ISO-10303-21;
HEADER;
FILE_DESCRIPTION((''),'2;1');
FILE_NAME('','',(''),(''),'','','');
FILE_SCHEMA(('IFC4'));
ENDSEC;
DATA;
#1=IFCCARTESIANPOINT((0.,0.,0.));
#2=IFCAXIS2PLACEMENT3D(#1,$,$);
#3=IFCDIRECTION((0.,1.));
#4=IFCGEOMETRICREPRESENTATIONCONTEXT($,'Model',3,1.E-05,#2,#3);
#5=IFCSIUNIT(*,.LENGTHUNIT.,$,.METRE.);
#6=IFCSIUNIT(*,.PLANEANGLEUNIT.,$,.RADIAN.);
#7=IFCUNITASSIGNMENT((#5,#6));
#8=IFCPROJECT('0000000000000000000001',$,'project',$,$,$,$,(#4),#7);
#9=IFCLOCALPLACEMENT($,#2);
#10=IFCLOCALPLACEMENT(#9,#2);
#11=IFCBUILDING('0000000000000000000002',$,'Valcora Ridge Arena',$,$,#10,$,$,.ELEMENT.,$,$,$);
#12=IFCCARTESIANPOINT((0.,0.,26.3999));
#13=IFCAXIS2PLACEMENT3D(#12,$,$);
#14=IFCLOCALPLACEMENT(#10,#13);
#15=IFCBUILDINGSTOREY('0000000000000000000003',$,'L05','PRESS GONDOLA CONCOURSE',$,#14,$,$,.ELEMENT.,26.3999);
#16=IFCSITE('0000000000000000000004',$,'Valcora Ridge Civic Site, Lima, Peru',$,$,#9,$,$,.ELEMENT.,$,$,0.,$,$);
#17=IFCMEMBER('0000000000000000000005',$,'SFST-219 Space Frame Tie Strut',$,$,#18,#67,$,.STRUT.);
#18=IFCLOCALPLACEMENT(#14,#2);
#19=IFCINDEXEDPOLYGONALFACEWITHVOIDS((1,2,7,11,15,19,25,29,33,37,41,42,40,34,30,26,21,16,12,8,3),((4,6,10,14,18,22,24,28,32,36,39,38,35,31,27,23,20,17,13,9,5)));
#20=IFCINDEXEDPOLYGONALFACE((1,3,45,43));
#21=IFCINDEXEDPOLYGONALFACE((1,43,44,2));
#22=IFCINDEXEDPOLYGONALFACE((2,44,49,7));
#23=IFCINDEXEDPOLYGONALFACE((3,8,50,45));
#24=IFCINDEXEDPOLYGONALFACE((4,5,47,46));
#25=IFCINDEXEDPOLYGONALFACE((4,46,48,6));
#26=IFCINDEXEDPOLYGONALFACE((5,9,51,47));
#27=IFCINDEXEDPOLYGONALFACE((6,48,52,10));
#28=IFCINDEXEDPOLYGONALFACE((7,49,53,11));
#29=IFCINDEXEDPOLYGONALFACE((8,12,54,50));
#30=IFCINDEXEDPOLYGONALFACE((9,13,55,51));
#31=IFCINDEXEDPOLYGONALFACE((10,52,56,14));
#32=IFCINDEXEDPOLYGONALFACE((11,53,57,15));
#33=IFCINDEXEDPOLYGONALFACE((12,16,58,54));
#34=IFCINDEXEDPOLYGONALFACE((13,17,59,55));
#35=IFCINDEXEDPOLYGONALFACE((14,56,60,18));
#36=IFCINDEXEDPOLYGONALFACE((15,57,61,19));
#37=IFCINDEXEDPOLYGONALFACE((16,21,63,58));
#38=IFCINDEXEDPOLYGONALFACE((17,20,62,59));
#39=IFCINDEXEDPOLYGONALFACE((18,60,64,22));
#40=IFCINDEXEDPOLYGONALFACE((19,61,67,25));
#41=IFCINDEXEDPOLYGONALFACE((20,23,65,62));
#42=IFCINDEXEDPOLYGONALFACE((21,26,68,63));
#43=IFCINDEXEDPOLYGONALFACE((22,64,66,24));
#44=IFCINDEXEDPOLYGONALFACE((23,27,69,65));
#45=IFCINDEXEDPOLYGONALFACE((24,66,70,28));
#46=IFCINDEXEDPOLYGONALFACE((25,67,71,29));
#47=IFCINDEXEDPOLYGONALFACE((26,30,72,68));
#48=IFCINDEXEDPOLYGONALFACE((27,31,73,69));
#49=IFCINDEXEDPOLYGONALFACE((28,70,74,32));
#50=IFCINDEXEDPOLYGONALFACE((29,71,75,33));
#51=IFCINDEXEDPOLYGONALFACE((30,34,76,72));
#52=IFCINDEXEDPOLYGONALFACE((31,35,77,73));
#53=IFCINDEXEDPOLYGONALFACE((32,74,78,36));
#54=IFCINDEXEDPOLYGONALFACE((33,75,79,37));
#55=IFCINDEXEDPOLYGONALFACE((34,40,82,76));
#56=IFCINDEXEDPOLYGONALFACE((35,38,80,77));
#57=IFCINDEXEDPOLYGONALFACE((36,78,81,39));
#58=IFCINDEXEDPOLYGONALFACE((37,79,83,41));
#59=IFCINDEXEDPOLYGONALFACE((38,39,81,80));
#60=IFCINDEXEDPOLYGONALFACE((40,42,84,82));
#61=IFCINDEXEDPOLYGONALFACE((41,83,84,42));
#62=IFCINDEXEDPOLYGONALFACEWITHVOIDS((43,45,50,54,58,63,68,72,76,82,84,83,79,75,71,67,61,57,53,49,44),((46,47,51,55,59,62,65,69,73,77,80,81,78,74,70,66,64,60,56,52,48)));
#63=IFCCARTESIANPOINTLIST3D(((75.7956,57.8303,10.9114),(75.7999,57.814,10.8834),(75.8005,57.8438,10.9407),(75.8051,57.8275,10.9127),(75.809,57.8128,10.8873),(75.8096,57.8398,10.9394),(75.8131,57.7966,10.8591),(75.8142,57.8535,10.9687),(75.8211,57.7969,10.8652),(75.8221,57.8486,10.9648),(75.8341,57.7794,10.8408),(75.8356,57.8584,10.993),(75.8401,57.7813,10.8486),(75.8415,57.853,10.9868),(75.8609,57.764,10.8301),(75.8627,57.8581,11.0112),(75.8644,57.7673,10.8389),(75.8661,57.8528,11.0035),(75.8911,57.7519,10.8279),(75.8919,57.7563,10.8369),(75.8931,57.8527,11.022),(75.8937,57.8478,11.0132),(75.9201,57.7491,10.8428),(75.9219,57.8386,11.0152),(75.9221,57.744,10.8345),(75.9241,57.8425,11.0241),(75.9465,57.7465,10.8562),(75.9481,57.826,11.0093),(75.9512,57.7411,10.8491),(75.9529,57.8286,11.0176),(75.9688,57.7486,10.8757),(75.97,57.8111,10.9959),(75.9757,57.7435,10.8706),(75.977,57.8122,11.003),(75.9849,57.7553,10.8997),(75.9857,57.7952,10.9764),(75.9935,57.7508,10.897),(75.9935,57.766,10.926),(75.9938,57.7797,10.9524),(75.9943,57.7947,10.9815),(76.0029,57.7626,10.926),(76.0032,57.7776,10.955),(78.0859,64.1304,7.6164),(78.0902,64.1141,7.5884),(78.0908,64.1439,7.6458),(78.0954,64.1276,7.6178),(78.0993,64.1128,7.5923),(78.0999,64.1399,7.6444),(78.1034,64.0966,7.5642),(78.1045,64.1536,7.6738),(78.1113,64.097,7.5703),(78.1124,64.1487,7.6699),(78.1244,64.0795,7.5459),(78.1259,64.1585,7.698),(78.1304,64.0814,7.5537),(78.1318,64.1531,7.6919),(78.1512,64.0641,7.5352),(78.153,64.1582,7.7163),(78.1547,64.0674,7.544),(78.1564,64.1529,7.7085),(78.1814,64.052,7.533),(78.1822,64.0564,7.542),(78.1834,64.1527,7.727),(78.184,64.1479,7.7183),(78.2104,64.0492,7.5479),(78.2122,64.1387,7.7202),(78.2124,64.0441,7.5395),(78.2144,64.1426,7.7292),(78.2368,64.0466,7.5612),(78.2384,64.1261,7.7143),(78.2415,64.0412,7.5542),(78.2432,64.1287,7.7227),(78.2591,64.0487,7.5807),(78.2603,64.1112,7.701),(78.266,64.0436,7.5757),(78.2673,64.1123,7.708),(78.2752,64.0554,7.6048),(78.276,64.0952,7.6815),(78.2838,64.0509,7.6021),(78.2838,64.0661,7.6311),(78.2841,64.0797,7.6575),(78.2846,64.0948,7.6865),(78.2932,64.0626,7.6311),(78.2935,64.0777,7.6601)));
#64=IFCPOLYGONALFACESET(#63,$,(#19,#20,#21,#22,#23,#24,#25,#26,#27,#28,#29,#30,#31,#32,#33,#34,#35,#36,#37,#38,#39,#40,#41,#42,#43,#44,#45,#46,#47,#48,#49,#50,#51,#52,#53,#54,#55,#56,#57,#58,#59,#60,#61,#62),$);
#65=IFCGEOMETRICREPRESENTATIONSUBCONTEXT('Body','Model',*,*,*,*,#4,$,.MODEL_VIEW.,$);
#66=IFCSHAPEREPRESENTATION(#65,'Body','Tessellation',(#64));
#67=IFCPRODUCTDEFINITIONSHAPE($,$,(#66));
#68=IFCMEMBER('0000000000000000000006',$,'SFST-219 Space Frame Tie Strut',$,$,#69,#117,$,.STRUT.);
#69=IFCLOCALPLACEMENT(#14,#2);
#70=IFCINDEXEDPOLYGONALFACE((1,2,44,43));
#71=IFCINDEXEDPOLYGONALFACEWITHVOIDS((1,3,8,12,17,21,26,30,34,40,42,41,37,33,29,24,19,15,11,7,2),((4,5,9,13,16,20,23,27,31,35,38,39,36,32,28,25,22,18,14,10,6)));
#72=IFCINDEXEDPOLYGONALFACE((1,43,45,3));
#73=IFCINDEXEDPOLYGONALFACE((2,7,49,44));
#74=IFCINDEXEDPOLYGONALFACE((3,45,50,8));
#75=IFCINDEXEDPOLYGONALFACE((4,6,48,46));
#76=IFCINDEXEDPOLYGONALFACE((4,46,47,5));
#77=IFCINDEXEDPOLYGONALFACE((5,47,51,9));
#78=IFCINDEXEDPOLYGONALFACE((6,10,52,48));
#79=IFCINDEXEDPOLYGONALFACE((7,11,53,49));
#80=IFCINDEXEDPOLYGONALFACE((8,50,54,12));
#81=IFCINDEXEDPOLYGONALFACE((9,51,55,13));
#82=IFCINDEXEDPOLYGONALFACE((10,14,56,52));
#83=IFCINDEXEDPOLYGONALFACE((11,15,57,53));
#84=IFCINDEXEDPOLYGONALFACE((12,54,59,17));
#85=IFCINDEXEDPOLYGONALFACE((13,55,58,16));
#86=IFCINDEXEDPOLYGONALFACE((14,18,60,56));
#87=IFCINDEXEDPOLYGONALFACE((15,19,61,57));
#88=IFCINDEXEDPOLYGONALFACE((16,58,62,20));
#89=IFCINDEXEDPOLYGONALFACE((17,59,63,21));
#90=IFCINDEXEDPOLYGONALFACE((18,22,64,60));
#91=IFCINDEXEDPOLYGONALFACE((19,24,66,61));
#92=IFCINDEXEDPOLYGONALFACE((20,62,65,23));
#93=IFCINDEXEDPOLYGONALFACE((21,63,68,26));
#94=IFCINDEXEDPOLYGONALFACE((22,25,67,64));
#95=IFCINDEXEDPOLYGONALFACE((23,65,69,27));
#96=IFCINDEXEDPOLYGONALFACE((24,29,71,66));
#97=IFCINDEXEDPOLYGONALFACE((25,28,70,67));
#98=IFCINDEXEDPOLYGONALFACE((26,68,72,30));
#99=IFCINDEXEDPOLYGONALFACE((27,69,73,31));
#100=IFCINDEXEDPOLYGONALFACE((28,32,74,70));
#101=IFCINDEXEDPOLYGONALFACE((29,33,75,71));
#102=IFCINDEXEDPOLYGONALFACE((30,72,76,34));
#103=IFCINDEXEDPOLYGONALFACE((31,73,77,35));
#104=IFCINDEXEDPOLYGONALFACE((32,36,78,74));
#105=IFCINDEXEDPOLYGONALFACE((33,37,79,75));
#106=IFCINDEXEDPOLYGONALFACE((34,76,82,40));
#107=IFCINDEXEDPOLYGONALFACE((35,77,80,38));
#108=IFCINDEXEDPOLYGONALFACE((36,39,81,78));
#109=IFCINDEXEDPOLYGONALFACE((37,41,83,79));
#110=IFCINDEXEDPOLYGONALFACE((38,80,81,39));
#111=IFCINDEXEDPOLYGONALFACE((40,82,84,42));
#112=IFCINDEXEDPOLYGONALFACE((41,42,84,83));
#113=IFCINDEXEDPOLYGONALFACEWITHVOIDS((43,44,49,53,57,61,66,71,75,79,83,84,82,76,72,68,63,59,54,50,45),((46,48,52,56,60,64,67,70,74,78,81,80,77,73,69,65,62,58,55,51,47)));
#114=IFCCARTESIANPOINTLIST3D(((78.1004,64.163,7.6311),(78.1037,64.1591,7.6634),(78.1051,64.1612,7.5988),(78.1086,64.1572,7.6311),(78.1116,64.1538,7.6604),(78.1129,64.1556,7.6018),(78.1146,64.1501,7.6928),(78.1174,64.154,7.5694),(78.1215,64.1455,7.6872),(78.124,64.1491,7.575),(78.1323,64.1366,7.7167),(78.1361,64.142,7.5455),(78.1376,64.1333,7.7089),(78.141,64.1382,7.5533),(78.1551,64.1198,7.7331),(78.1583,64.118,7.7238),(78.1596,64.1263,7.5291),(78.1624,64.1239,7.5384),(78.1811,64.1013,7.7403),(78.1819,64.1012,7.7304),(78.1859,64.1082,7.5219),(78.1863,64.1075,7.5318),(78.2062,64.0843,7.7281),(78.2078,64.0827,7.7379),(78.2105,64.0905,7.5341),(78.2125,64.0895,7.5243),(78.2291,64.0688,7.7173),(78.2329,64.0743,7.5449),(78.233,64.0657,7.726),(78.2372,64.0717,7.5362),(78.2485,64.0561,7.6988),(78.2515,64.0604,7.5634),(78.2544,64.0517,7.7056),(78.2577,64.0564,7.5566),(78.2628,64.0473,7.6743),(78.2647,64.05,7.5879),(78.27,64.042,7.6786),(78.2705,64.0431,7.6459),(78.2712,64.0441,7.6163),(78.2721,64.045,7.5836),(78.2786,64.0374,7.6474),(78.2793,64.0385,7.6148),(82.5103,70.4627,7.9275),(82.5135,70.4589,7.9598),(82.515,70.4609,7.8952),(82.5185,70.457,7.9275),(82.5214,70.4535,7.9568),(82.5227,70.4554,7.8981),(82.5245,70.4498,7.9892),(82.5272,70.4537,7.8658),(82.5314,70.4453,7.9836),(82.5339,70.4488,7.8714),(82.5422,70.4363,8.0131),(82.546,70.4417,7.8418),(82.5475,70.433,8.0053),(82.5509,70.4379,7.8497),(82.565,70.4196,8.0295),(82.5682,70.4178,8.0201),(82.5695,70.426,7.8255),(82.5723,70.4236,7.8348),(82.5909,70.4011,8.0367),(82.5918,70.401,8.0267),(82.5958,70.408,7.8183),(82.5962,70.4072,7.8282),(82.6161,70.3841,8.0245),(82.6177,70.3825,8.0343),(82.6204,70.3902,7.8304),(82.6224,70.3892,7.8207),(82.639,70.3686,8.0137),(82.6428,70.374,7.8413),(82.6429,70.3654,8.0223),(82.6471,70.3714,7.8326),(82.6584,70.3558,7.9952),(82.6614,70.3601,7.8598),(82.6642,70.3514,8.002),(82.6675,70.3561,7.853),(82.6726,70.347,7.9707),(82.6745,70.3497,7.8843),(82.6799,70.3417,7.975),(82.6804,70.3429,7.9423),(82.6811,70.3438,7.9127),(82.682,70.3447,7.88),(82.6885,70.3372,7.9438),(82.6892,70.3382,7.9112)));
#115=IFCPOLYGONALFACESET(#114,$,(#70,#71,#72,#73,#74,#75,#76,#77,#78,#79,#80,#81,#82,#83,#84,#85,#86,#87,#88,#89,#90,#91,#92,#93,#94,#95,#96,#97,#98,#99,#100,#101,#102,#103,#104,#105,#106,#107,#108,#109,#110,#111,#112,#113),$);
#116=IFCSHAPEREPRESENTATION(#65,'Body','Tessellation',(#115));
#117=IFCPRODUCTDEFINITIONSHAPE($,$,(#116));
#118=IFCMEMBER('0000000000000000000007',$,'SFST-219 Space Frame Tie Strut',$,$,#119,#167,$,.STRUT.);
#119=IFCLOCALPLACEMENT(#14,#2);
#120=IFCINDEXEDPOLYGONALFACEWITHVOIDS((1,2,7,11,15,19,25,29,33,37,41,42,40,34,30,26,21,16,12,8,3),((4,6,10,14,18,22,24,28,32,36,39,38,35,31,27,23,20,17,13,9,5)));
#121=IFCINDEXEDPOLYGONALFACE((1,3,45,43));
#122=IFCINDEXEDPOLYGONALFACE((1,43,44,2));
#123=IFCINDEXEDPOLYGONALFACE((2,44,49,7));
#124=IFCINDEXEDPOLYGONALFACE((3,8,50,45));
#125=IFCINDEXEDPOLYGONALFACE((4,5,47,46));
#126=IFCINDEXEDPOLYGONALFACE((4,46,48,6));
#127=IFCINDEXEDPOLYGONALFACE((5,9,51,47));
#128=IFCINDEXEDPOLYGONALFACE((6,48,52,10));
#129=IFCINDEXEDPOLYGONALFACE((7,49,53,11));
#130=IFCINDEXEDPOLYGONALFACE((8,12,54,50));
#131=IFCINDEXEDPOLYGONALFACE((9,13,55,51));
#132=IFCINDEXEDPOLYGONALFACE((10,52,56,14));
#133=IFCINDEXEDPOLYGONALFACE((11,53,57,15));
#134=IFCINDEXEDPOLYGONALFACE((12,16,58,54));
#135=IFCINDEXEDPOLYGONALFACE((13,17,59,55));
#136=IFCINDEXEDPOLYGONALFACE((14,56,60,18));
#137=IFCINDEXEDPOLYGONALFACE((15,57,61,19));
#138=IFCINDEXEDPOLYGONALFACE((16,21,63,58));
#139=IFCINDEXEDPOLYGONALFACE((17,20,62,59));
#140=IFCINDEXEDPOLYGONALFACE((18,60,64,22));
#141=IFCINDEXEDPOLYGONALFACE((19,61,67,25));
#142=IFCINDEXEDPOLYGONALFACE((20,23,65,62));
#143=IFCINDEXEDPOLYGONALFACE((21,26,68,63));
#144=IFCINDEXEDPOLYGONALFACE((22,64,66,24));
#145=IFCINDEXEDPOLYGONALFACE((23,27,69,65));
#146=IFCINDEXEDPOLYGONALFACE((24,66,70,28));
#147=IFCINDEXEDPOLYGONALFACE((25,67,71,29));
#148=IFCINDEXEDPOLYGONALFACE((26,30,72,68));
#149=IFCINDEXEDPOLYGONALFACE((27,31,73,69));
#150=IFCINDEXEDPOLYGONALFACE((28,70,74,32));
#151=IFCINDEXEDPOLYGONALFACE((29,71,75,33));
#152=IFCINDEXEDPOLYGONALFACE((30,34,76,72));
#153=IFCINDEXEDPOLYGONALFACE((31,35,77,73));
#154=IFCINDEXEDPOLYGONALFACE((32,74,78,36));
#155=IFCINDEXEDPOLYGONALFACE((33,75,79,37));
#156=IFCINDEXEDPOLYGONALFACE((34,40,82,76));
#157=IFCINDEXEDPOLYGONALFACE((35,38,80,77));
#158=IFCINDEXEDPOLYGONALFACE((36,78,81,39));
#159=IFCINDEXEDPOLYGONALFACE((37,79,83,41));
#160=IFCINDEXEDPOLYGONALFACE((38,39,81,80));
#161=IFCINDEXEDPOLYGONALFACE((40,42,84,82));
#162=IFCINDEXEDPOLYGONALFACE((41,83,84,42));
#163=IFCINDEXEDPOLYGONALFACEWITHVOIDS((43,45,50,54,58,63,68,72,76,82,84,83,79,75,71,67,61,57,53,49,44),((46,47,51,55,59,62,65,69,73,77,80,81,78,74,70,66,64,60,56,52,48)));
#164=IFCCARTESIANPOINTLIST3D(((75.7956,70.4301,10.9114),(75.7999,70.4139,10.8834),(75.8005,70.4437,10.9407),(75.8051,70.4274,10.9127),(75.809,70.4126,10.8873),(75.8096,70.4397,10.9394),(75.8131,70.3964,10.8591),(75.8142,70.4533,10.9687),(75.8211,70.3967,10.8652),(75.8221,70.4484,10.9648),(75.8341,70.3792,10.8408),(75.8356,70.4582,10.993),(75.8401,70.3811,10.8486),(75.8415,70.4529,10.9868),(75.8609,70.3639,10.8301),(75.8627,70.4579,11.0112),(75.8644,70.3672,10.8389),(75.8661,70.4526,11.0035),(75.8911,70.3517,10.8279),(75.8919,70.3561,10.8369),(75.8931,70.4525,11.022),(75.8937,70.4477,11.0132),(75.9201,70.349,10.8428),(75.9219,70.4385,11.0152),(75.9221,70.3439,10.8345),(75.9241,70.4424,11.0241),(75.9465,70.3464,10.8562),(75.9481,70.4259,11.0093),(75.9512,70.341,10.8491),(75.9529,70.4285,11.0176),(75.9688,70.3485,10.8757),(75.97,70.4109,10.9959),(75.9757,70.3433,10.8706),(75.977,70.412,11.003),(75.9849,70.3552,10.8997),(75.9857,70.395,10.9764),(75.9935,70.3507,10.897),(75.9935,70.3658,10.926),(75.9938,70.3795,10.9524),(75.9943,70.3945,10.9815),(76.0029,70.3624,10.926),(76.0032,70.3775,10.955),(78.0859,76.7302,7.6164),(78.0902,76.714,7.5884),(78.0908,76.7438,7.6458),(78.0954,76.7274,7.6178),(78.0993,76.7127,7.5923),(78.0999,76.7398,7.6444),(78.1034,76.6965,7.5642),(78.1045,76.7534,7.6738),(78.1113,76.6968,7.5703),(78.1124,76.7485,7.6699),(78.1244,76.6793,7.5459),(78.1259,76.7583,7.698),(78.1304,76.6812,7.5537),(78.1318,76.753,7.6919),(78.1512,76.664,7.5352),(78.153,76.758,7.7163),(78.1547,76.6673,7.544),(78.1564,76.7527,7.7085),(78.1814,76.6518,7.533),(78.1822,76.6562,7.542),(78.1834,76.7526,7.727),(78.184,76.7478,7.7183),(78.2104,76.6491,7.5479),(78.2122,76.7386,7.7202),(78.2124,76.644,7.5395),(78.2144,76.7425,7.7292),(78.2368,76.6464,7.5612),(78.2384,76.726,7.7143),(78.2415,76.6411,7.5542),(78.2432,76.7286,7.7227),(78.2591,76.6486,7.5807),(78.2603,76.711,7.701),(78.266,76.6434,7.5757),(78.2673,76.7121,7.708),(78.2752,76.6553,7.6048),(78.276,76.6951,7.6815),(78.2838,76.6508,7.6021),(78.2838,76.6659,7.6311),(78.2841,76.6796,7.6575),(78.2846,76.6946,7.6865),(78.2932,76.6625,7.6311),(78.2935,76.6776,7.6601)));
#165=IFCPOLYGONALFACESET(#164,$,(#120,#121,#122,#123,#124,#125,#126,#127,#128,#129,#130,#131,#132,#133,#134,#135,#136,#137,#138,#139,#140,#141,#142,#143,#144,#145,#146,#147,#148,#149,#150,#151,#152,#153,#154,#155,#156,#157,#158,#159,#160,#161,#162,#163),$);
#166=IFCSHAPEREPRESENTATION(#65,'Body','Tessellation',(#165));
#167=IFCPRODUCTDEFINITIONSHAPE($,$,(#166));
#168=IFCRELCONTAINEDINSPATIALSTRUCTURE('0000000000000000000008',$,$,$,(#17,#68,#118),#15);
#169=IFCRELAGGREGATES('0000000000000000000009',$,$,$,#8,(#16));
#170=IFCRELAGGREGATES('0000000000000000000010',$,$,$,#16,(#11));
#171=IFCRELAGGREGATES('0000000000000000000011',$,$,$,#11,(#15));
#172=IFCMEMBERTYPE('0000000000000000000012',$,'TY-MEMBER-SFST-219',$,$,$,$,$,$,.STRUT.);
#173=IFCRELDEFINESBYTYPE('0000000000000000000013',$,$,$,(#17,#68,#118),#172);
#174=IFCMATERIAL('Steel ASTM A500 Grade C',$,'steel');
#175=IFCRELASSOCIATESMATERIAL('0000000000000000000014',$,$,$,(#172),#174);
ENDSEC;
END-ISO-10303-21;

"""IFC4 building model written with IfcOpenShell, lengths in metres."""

from ifc_helpers import new_model, si_unit, direction, frame, origin, origin_2d, place, context, subcontext, project, spatial, hollow_circle, extrude, material, material_profile, profile_set, type_object, element, save


model = new_model("IFC4")

# Units and contexts
model_context = context("Model", 3, precision=1e-05, world=origin(), true_north=direction((0.0, 1.0)))
body_context = subcontext(model_context, "Body", "Model", "MODEL_VIEW")
ifc_project = project(units=[si_unit("LENGTHUNIT", "METRE"), si_unit("PLANEANGLEUNIT", "RADIAN")], contexts=[model_context])

# Site, building, storey
site_placement = place(None, origin())
site = spatial("IfcSite", under=ifc_project, at=site_placement, Name="Valcora Ridge Civic Site, Lima, Peru", CompositionType="ELEMENT", RefElevation=0.0)
building_placement = place(site_placement, origin())
building = spatial("IfcBuilding", under=site, at=building_placement, Name="Valcora Ridge Arena", CompositionType="ELEMENT")
storey_placement = place(building_placement, frame((0.0, 0.0, 26.3999)))
storey = spatial("IfcBuildingStorey", under=building, at=storey_placement, Name="L05", Description="PRESS GONDOLA CONCOURSE", CompositionType="ELEMENT", Elevation=26.3999)

# Members
ifc_material_1 = material(Name="Steel ASTM A500 Grade C", Category="steel")
ifc_material_profile_1 = material_profile(ifc_material_1, hollow_circle(Radius=0.1096, WallThickness=0.01, at=origin_2d()), Name="CHS219X10")
ifc_profile_set_1 = profile_set([ifc_material_profile_1], Name="Steel ASTM A500 Grade C")
member_type_1 = type_object("IfcMemberType", Name="TY-MEMBER-SFST-219", PredefinedType="STRUT", material=ifc_profile_set_1)
member_1_placement = place(storey_placement, frame((78.1902, 64.1001, 7.6311), z_axis=(-0.306621, -0.843443, 0.44112), x_axis=(0.939824, -0.341658, 0.0)))
element("IfcMember", 1, at=member_1_placement, inside=storey, type_object=member_type_1, Name="SFST-219 Space Frame Tie Strut", PredefinedType="STRUT", context=body_context, shape_type="SweptSolid", body=[
    extrude(hollow_circle(Radius=0.1096, WallThickness=0.01, at=origin_2d()), origin(), (0.0, 0.0, 1.0), 7.4695),
])
member_2_placement = place(storey_placement, frame((78.1902, 64.1001, 7.6311), z_axis=(0.573041, 0.818621, 0.038514), x_axis=(-0.819229, 0.573467, 0.0)))
element("IfcMember", 2, at=member_2_placement, inside=storey, type_object=member_type_1, Name="SFST-219 Space Frame Tie Strut", PredefinedType="STRUT", context=body_context, shape_type="SweptSolid", body=[
    extrude(hollow_circle(Radius=0.1096, WallThickness=0.01, at=origin_2d()), origin(), (0.0, 0.0, 1.0), 7.6956),
])
member_3_placement = place(storey_placement, frame((78.1902, 76.7, 7.6311), z_axis=(-0.306621, -0.843443, 0.44112), x_axis=(0.939824, -0.341658, 0.0)))
element("IfcMember", 3, at=member_3_placement, inside=storey, type_object=member_type_1, Name="SFST-219 Space Frame Tie Strut", PredefinedType="STRUT", context=body_context, shape_type="SweptSolid", body=[
    extrude(hollow_circle(Radius=0.1096, WallThickness=0.01, at=origin_2d()), origin(), (0.0, 0.0, 1.0), 7.4695),
])

save(model, "model.ifc")
